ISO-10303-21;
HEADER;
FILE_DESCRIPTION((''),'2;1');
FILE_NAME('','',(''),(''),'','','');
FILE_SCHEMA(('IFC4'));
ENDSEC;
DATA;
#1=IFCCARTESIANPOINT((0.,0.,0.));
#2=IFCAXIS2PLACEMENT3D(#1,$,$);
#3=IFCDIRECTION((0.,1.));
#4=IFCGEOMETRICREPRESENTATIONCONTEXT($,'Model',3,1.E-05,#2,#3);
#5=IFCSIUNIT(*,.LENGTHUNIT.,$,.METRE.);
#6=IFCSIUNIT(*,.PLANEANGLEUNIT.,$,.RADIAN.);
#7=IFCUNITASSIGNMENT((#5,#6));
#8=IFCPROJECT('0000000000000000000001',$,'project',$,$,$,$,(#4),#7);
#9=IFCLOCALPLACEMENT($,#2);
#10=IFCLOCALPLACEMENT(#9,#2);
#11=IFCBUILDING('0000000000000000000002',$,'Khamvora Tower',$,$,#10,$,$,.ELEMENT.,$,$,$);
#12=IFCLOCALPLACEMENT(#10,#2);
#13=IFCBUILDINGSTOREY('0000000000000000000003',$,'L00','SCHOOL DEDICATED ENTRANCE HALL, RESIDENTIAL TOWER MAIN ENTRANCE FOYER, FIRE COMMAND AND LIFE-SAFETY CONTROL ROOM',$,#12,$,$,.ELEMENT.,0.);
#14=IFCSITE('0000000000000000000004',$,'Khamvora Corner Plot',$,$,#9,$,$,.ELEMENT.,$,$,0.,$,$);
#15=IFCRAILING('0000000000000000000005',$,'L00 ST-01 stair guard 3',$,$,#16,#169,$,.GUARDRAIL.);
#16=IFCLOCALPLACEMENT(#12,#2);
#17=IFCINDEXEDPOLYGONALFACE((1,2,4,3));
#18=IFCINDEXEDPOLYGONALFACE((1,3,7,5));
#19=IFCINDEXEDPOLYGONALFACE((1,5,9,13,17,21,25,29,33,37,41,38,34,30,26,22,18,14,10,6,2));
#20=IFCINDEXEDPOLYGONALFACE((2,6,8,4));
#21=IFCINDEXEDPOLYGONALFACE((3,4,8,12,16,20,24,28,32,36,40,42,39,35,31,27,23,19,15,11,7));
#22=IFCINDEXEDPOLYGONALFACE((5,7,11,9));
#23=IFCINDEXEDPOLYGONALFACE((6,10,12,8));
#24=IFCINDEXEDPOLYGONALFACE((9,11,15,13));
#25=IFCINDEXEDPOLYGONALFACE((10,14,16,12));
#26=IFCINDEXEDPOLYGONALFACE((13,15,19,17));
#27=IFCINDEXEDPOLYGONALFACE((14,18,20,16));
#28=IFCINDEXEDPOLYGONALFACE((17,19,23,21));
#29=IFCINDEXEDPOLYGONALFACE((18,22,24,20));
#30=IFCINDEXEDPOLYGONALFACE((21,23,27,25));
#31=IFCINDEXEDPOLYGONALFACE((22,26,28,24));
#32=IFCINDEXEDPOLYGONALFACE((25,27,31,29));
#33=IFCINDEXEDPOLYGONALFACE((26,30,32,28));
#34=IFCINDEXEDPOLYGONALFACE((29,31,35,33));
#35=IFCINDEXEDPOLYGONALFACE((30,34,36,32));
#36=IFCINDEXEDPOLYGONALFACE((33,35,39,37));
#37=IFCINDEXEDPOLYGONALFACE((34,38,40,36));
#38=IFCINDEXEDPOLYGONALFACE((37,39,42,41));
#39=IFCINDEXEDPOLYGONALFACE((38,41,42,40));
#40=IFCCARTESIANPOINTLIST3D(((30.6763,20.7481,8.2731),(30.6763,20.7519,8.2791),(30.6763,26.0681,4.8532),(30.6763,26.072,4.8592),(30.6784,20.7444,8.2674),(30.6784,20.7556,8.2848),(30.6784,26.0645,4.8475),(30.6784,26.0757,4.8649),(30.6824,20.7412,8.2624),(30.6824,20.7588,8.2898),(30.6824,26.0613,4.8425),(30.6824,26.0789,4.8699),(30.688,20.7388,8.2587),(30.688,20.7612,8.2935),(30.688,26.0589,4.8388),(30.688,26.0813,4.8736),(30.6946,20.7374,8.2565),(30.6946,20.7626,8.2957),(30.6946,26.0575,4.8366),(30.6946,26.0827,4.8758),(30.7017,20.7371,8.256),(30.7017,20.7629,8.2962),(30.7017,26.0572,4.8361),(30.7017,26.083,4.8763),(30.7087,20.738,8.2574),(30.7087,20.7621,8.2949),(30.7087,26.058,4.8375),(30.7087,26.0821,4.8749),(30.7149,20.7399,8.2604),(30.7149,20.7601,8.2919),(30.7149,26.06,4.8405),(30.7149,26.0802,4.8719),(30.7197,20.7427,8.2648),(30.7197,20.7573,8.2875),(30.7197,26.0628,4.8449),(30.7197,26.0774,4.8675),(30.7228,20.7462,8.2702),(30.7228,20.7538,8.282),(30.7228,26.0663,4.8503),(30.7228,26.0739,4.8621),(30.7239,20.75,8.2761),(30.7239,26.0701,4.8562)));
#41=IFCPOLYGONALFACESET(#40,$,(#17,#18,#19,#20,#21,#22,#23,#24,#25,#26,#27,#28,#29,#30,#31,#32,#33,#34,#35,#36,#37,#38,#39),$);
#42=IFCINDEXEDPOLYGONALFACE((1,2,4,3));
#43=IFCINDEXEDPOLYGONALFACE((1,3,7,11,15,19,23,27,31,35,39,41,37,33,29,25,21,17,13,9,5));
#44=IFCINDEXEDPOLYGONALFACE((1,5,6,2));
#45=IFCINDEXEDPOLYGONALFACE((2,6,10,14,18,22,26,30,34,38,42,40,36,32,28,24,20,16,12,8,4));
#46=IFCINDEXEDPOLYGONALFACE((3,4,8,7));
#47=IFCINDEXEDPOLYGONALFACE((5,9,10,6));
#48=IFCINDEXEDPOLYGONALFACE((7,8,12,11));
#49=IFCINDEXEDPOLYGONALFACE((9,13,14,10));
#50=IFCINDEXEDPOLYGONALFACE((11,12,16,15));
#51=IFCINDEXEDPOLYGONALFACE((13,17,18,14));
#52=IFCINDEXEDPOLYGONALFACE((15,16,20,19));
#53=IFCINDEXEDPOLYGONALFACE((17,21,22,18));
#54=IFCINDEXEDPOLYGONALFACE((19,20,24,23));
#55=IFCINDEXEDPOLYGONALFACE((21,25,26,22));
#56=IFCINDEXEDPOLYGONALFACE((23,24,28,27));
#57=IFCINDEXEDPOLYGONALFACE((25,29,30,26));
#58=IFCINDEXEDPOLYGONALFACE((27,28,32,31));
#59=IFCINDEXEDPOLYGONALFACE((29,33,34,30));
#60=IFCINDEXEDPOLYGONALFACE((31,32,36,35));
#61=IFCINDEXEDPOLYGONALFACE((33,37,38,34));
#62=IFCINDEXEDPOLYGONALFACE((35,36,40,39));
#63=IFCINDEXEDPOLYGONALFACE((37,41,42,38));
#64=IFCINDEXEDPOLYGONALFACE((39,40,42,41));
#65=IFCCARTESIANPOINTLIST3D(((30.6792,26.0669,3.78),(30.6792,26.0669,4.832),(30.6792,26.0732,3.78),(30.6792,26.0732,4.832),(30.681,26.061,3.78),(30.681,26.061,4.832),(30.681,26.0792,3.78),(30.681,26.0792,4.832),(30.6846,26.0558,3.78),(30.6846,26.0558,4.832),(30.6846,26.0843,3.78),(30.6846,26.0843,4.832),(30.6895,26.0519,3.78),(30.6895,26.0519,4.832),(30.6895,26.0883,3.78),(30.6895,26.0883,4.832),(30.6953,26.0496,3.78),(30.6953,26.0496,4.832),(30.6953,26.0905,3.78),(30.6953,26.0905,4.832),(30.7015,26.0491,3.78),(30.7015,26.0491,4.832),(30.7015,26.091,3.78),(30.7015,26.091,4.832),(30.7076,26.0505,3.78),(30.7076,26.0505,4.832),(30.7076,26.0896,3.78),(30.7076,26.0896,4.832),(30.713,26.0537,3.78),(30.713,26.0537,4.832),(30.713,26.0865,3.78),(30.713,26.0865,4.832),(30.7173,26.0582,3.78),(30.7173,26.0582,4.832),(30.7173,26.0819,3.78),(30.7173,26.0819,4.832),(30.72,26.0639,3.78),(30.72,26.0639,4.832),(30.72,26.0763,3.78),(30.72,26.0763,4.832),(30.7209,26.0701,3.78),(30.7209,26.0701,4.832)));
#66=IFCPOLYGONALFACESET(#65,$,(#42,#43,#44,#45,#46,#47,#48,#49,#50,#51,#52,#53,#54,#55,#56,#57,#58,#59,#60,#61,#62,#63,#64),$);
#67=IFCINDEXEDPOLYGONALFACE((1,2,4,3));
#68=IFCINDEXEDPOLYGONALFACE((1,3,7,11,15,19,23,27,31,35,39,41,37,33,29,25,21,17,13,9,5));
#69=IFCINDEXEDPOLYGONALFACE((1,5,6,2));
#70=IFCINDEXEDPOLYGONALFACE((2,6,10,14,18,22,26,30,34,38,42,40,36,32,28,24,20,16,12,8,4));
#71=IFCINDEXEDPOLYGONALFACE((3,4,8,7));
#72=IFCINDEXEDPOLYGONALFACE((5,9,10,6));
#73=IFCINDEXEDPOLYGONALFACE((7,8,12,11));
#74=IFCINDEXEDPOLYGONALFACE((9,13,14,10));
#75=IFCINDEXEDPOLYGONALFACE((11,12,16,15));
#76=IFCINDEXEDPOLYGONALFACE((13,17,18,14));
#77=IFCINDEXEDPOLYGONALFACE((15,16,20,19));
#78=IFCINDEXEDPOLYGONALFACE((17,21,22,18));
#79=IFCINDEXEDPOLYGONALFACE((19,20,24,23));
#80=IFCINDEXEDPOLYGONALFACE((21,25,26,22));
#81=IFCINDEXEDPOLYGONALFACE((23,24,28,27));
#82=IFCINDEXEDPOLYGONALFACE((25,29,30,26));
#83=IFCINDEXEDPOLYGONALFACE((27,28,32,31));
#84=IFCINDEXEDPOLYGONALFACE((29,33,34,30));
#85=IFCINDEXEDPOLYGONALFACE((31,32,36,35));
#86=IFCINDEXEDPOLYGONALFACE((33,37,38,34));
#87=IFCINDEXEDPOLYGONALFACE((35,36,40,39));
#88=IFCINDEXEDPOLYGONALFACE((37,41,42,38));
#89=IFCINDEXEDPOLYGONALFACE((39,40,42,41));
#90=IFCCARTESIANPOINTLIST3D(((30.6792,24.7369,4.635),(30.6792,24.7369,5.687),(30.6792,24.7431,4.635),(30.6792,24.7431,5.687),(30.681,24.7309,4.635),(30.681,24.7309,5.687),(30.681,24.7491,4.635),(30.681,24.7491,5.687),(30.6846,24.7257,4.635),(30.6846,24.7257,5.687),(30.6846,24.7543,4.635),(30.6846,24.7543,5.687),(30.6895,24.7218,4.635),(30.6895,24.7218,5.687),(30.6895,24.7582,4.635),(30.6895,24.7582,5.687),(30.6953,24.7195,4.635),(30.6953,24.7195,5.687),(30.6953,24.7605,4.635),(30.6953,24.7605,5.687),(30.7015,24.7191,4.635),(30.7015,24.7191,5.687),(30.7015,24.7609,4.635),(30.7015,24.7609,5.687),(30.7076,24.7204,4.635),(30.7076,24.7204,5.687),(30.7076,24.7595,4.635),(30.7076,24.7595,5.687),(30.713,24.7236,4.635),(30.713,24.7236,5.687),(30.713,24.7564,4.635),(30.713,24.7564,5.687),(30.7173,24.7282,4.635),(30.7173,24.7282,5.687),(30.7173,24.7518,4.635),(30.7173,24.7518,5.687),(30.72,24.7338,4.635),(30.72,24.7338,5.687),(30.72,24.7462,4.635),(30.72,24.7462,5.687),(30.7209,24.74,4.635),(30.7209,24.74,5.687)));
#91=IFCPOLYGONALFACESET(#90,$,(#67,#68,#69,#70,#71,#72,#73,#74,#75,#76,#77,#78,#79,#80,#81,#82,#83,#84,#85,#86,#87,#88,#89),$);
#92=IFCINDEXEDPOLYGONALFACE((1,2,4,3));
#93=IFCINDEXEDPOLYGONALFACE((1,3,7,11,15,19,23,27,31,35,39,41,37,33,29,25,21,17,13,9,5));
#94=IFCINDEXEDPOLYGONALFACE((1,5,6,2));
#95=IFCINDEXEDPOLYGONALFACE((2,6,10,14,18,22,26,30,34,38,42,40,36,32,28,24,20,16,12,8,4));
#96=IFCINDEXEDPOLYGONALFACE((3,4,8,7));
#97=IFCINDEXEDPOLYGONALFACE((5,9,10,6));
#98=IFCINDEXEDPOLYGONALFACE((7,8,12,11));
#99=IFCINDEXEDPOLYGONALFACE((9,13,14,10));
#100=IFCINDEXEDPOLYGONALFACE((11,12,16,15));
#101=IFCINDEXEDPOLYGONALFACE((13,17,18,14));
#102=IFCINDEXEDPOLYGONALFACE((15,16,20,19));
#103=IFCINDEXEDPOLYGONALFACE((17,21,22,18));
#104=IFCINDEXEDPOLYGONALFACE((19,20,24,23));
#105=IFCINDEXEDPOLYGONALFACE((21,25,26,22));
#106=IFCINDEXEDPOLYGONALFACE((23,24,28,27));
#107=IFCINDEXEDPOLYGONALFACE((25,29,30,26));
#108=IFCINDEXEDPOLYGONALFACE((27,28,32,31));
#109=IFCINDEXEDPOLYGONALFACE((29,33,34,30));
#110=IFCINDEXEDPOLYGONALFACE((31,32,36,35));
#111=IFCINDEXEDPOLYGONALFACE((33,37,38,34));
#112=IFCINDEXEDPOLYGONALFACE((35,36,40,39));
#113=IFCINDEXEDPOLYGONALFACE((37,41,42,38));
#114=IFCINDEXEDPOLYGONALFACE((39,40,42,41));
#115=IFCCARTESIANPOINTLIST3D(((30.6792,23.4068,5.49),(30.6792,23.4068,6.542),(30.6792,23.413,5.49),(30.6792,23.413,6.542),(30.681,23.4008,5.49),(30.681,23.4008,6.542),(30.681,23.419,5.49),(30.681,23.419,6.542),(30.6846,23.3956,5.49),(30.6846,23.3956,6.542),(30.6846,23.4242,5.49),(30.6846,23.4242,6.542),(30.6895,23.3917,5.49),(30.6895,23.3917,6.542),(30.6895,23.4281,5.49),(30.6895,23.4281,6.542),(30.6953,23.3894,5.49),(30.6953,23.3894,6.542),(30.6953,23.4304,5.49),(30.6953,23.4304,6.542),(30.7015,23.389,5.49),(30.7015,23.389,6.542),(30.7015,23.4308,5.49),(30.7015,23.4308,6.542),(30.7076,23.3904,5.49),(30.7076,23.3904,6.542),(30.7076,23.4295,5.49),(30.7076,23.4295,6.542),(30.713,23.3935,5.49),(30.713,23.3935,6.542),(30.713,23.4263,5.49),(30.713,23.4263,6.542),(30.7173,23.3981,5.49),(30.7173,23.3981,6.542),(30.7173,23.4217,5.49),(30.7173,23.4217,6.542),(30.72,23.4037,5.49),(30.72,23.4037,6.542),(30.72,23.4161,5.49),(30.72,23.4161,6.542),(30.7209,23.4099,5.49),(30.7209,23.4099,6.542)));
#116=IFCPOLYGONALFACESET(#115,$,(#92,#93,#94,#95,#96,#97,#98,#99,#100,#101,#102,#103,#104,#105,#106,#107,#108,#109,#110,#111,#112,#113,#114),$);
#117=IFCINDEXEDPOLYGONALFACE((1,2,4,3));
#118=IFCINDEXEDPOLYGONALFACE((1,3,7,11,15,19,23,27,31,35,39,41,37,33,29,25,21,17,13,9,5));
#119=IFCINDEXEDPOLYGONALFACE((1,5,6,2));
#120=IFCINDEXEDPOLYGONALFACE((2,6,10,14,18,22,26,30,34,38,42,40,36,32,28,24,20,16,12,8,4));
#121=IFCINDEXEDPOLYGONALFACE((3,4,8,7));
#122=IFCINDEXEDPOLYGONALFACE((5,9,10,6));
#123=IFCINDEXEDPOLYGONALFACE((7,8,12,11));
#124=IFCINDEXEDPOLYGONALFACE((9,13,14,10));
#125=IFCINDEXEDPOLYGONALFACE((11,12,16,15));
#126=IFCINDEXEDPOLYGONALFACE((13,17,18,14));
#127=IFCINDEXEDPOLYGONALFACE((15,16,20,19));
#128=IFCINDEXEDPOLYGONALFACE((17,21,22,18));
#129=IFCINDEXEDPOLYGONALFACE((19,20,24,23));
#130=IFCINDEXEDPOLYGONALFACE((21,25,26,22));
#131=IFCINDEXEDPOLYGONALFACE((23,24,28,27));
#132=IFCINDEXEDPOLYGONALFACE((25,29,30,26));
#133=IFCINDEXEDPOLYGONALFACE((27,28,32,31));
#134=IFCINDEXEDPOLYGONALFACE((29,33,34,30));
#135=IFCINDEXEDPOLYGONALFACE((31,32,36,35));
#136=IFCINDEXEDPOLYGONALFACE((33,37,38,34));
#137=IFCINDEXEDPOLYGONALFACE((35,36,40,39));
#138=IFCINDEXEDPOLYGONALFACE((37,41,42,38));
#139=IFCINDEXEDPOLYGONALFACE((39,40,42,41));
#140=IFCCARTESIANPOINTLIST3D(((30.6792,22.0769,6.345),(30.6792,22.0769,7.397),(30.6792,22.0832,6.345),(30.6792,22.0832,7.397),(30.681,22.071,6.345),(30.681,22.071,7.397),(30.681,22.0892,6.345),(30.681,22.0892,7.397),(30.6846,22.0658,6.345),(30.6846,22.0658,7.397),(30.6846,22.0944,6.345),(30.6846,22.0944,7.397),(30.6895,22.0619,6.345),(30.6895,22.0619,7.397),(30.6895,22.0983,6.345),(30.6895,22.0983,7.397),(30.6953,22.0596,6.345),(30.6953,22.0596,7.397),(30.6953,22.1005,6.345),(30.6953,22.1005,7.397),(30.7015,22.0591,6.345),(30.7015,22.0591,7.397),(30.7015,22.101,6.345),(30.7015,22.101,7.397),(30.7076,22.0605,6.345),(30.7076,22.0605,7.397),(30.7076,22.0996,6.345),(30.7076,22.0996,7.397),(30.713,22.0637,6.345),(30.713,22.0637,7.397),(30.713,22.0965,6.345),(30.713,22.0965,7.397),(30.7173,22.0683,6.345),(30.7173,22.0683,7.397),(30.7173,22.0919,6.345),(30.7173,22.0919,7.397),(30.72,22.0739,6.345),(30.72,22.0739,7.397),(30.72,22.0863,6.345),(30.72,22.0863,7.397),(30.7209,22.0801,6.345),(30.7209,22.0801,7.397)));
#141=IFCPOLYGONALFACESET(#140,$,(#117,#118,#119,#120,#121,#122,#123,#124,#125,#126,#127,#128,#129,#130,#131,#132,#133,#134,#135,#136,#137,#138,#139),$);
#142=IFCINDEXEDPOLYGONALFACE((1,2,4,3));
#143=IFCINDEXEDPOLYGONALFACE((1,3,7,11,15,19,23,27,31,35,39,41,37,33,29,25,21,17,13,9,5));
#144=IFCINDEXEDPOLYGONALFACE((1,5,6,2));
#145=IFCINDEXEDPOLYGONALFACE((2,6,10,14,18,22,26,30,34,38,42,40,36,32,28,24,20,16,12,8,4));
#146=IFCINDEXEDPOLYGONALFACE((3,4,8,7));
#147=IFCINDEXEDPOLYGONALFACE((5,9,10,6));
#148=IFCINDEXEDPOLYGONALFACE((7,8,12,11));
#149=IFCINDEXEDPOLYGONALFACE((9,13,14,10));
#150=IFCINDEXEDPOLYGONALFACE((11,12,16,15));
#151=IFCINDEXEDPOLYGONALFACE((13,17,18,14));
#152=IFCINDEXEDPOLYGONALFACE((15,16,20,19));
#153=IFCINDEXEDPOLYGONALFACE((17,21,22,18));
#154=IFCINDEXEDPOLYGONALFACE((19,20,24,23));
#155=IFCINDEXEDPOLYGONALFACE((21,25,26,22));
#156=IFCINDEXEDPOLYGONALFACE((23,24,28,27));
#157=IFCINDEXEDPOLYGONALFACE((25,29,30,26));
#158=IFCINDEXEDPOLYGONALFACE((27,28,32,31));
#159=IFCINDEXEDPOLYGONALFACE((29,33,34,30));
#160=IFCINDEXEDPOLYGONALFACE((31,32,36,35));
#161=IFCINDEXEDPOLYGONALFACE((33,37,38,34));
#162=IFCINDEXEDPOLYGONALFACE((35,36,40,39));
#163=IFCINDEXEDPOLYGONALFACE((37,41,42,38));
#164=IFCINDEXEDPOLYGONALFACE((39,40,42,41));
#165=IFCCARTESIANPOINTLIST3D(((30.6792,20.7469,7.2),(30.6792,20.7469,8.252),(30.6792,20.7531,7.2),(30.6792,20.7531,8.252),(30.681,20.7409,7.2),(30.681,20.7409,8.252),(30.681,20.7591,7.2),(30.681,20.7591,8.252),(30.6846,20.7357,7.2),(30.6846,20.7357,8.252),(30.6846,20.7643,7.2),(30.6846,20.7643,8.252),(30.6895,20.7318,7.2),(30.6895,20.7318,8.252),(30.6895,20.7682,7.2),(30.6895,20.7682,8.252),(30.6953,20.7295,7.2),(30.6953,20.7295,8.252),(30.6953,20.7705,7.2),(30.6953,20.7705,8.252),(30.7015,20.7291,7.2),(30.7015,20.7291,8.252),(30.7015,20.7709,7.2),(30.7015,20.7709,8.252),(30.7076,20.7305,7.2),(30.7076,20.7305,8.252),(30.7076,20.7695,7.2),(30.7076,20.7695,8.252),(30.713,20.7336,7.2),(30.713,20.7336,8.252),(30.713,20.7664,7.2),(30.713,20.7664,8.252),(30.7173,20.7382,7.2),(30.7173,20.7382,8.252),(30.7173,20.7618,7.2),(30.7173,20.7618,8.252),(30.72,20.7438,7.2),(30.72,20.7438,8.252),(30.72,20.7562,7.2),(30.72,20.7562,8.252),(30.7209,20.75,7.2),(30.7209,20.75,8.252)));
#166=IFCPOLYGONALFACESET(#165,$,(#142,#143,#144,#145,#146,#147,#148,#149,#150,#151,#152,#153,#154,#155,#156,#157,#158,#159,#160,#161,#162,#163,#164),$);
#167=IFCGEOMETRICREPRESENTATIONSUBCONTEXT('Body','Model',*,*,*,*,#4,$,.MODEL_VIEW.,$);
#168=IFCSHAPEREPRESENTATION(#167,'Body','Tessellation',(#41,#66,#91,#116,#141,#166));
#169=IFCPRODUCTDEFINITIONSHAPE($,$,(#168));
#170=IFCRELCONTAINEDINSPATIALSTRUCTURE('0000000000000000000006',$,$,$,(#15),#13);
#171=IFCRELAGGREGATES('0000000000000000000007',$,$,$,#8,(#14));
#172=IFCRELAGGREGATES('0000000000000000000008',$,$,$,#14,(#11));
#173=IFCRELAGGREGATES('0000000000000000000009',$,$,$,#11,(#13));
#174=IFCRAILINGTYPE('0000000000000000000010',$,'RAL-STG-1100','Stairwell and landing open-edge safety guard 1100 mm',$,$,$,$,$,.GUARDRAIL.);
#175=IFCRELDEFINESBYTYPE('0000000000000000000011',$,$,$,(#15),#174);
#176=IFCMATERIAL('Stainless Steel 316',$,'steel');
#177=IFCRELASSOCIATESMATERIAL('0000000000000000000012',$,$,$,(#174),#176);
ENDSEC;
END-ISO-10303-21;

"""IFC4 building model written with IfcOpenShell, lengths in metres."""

from ifc_helpers import new_model, si_unit, direction, frame, origin, origin_2d, place, context, subcontext, project, spatial, circle, extrude, material, type_object, element, save


model = new_model("IFC4")

# Units and contexts
model_context = context("Model", 3, precision=1e-05, world=origin(), true_north=direction((0.0, 1.0)))
body_context = subcontext(model_context, "Body", "Model", "MODEL_VIEW")
ifc_project = project(units=[si_unit("LENGTHUNIT", "METRE"), si_unit("PLANEANGLEUNIT", "RADIAN")], contexts=[model_context])

# Site, building, storey
site_placement = place(None, origin())
site = spatial("IfcSite", under=ifc_project, at=site_placement, Name="Khamvora Corner Plot", CompositionType="ELEMENT", RefElevation=0.0)
building_placement = place(site_placement, origin())
building = spatial("IfcBuilding", under=site, at=building_placement, Name="Khamvora Tower", CompositionType="ELEMENT")
storey_placement = place(building_placement, origin())
storey = spatial("IfcBuildingStorey", under=building, at=storey_placement, Name="L00", Description="SCHOOL DEDICATED ENTRANCE HALL, RESIDENTIAL TOWER MAIN ENTRANCE FOYER, FIRE COMMAND AND LIFE-SAFETY CONTROL ROOM", CompositionType="ELEMENT", Elevation=0.0)

# Railing
ifc_material_1 = material(Name="Stainless Steel 316", Category="steel")
railing_type_1 = type_object("IfcRailingType", Name="RAL-STG-1100", Description="Stairwell and landing open-edge safety guard 1100 mm", PredefinedType="GUARDRAIL", material=ifc_material_1)
railing_1_placement = place(storey_placement, frame((30.7, 26.0701, 3.78)))
element("IfcRailing", 1, at=railing_1_placement, inside=storey, type_object=railing_type_1, Name="L00 ST-01 stair guard 3", PredefinedType="GUARDRAIL", context=body_context, shape_type="SweptSolid", body=[
    extrude(circle(Radius=0.0239, at=origin_2d()), frame((0.0, 0.0, 1.0762), z_axis=(0.0, -0.841187, 0.540744), x_axis=(1.0, 0.0, 0.0)), (0.0, 0.0, 1.0), 6.3245),
    extrude(circle(Radius=0.021, at=origin_2d()), origin(), (0.0, 0.0, 1.0), 1.052),
    extrude(circle(Radius=0.021, at=origin_2d()), frame((0.0, -1.3301, 0.855)), (0.0, 0.0, 1.0), 1.052),
    extrude(circle(Radius=0.021, at=origin_2d()), frame((0.0, -2.6602, 1.71)), (0.0, 0.0, 1.0), 1.052),
    extrude(circle(Radius=0.021, at=origin_2d()), frame((0.0, -3.99, 2.5649)), (0.0, 0.0, 1.0), 1.052),
    extrude(circle(Radius=0.021, at=origin_2d()), frame((0.0, -5.3201, 3.4199)), (0.0, 0.0, 1.0), 1.052),
])

save(model, "model.ifc")
